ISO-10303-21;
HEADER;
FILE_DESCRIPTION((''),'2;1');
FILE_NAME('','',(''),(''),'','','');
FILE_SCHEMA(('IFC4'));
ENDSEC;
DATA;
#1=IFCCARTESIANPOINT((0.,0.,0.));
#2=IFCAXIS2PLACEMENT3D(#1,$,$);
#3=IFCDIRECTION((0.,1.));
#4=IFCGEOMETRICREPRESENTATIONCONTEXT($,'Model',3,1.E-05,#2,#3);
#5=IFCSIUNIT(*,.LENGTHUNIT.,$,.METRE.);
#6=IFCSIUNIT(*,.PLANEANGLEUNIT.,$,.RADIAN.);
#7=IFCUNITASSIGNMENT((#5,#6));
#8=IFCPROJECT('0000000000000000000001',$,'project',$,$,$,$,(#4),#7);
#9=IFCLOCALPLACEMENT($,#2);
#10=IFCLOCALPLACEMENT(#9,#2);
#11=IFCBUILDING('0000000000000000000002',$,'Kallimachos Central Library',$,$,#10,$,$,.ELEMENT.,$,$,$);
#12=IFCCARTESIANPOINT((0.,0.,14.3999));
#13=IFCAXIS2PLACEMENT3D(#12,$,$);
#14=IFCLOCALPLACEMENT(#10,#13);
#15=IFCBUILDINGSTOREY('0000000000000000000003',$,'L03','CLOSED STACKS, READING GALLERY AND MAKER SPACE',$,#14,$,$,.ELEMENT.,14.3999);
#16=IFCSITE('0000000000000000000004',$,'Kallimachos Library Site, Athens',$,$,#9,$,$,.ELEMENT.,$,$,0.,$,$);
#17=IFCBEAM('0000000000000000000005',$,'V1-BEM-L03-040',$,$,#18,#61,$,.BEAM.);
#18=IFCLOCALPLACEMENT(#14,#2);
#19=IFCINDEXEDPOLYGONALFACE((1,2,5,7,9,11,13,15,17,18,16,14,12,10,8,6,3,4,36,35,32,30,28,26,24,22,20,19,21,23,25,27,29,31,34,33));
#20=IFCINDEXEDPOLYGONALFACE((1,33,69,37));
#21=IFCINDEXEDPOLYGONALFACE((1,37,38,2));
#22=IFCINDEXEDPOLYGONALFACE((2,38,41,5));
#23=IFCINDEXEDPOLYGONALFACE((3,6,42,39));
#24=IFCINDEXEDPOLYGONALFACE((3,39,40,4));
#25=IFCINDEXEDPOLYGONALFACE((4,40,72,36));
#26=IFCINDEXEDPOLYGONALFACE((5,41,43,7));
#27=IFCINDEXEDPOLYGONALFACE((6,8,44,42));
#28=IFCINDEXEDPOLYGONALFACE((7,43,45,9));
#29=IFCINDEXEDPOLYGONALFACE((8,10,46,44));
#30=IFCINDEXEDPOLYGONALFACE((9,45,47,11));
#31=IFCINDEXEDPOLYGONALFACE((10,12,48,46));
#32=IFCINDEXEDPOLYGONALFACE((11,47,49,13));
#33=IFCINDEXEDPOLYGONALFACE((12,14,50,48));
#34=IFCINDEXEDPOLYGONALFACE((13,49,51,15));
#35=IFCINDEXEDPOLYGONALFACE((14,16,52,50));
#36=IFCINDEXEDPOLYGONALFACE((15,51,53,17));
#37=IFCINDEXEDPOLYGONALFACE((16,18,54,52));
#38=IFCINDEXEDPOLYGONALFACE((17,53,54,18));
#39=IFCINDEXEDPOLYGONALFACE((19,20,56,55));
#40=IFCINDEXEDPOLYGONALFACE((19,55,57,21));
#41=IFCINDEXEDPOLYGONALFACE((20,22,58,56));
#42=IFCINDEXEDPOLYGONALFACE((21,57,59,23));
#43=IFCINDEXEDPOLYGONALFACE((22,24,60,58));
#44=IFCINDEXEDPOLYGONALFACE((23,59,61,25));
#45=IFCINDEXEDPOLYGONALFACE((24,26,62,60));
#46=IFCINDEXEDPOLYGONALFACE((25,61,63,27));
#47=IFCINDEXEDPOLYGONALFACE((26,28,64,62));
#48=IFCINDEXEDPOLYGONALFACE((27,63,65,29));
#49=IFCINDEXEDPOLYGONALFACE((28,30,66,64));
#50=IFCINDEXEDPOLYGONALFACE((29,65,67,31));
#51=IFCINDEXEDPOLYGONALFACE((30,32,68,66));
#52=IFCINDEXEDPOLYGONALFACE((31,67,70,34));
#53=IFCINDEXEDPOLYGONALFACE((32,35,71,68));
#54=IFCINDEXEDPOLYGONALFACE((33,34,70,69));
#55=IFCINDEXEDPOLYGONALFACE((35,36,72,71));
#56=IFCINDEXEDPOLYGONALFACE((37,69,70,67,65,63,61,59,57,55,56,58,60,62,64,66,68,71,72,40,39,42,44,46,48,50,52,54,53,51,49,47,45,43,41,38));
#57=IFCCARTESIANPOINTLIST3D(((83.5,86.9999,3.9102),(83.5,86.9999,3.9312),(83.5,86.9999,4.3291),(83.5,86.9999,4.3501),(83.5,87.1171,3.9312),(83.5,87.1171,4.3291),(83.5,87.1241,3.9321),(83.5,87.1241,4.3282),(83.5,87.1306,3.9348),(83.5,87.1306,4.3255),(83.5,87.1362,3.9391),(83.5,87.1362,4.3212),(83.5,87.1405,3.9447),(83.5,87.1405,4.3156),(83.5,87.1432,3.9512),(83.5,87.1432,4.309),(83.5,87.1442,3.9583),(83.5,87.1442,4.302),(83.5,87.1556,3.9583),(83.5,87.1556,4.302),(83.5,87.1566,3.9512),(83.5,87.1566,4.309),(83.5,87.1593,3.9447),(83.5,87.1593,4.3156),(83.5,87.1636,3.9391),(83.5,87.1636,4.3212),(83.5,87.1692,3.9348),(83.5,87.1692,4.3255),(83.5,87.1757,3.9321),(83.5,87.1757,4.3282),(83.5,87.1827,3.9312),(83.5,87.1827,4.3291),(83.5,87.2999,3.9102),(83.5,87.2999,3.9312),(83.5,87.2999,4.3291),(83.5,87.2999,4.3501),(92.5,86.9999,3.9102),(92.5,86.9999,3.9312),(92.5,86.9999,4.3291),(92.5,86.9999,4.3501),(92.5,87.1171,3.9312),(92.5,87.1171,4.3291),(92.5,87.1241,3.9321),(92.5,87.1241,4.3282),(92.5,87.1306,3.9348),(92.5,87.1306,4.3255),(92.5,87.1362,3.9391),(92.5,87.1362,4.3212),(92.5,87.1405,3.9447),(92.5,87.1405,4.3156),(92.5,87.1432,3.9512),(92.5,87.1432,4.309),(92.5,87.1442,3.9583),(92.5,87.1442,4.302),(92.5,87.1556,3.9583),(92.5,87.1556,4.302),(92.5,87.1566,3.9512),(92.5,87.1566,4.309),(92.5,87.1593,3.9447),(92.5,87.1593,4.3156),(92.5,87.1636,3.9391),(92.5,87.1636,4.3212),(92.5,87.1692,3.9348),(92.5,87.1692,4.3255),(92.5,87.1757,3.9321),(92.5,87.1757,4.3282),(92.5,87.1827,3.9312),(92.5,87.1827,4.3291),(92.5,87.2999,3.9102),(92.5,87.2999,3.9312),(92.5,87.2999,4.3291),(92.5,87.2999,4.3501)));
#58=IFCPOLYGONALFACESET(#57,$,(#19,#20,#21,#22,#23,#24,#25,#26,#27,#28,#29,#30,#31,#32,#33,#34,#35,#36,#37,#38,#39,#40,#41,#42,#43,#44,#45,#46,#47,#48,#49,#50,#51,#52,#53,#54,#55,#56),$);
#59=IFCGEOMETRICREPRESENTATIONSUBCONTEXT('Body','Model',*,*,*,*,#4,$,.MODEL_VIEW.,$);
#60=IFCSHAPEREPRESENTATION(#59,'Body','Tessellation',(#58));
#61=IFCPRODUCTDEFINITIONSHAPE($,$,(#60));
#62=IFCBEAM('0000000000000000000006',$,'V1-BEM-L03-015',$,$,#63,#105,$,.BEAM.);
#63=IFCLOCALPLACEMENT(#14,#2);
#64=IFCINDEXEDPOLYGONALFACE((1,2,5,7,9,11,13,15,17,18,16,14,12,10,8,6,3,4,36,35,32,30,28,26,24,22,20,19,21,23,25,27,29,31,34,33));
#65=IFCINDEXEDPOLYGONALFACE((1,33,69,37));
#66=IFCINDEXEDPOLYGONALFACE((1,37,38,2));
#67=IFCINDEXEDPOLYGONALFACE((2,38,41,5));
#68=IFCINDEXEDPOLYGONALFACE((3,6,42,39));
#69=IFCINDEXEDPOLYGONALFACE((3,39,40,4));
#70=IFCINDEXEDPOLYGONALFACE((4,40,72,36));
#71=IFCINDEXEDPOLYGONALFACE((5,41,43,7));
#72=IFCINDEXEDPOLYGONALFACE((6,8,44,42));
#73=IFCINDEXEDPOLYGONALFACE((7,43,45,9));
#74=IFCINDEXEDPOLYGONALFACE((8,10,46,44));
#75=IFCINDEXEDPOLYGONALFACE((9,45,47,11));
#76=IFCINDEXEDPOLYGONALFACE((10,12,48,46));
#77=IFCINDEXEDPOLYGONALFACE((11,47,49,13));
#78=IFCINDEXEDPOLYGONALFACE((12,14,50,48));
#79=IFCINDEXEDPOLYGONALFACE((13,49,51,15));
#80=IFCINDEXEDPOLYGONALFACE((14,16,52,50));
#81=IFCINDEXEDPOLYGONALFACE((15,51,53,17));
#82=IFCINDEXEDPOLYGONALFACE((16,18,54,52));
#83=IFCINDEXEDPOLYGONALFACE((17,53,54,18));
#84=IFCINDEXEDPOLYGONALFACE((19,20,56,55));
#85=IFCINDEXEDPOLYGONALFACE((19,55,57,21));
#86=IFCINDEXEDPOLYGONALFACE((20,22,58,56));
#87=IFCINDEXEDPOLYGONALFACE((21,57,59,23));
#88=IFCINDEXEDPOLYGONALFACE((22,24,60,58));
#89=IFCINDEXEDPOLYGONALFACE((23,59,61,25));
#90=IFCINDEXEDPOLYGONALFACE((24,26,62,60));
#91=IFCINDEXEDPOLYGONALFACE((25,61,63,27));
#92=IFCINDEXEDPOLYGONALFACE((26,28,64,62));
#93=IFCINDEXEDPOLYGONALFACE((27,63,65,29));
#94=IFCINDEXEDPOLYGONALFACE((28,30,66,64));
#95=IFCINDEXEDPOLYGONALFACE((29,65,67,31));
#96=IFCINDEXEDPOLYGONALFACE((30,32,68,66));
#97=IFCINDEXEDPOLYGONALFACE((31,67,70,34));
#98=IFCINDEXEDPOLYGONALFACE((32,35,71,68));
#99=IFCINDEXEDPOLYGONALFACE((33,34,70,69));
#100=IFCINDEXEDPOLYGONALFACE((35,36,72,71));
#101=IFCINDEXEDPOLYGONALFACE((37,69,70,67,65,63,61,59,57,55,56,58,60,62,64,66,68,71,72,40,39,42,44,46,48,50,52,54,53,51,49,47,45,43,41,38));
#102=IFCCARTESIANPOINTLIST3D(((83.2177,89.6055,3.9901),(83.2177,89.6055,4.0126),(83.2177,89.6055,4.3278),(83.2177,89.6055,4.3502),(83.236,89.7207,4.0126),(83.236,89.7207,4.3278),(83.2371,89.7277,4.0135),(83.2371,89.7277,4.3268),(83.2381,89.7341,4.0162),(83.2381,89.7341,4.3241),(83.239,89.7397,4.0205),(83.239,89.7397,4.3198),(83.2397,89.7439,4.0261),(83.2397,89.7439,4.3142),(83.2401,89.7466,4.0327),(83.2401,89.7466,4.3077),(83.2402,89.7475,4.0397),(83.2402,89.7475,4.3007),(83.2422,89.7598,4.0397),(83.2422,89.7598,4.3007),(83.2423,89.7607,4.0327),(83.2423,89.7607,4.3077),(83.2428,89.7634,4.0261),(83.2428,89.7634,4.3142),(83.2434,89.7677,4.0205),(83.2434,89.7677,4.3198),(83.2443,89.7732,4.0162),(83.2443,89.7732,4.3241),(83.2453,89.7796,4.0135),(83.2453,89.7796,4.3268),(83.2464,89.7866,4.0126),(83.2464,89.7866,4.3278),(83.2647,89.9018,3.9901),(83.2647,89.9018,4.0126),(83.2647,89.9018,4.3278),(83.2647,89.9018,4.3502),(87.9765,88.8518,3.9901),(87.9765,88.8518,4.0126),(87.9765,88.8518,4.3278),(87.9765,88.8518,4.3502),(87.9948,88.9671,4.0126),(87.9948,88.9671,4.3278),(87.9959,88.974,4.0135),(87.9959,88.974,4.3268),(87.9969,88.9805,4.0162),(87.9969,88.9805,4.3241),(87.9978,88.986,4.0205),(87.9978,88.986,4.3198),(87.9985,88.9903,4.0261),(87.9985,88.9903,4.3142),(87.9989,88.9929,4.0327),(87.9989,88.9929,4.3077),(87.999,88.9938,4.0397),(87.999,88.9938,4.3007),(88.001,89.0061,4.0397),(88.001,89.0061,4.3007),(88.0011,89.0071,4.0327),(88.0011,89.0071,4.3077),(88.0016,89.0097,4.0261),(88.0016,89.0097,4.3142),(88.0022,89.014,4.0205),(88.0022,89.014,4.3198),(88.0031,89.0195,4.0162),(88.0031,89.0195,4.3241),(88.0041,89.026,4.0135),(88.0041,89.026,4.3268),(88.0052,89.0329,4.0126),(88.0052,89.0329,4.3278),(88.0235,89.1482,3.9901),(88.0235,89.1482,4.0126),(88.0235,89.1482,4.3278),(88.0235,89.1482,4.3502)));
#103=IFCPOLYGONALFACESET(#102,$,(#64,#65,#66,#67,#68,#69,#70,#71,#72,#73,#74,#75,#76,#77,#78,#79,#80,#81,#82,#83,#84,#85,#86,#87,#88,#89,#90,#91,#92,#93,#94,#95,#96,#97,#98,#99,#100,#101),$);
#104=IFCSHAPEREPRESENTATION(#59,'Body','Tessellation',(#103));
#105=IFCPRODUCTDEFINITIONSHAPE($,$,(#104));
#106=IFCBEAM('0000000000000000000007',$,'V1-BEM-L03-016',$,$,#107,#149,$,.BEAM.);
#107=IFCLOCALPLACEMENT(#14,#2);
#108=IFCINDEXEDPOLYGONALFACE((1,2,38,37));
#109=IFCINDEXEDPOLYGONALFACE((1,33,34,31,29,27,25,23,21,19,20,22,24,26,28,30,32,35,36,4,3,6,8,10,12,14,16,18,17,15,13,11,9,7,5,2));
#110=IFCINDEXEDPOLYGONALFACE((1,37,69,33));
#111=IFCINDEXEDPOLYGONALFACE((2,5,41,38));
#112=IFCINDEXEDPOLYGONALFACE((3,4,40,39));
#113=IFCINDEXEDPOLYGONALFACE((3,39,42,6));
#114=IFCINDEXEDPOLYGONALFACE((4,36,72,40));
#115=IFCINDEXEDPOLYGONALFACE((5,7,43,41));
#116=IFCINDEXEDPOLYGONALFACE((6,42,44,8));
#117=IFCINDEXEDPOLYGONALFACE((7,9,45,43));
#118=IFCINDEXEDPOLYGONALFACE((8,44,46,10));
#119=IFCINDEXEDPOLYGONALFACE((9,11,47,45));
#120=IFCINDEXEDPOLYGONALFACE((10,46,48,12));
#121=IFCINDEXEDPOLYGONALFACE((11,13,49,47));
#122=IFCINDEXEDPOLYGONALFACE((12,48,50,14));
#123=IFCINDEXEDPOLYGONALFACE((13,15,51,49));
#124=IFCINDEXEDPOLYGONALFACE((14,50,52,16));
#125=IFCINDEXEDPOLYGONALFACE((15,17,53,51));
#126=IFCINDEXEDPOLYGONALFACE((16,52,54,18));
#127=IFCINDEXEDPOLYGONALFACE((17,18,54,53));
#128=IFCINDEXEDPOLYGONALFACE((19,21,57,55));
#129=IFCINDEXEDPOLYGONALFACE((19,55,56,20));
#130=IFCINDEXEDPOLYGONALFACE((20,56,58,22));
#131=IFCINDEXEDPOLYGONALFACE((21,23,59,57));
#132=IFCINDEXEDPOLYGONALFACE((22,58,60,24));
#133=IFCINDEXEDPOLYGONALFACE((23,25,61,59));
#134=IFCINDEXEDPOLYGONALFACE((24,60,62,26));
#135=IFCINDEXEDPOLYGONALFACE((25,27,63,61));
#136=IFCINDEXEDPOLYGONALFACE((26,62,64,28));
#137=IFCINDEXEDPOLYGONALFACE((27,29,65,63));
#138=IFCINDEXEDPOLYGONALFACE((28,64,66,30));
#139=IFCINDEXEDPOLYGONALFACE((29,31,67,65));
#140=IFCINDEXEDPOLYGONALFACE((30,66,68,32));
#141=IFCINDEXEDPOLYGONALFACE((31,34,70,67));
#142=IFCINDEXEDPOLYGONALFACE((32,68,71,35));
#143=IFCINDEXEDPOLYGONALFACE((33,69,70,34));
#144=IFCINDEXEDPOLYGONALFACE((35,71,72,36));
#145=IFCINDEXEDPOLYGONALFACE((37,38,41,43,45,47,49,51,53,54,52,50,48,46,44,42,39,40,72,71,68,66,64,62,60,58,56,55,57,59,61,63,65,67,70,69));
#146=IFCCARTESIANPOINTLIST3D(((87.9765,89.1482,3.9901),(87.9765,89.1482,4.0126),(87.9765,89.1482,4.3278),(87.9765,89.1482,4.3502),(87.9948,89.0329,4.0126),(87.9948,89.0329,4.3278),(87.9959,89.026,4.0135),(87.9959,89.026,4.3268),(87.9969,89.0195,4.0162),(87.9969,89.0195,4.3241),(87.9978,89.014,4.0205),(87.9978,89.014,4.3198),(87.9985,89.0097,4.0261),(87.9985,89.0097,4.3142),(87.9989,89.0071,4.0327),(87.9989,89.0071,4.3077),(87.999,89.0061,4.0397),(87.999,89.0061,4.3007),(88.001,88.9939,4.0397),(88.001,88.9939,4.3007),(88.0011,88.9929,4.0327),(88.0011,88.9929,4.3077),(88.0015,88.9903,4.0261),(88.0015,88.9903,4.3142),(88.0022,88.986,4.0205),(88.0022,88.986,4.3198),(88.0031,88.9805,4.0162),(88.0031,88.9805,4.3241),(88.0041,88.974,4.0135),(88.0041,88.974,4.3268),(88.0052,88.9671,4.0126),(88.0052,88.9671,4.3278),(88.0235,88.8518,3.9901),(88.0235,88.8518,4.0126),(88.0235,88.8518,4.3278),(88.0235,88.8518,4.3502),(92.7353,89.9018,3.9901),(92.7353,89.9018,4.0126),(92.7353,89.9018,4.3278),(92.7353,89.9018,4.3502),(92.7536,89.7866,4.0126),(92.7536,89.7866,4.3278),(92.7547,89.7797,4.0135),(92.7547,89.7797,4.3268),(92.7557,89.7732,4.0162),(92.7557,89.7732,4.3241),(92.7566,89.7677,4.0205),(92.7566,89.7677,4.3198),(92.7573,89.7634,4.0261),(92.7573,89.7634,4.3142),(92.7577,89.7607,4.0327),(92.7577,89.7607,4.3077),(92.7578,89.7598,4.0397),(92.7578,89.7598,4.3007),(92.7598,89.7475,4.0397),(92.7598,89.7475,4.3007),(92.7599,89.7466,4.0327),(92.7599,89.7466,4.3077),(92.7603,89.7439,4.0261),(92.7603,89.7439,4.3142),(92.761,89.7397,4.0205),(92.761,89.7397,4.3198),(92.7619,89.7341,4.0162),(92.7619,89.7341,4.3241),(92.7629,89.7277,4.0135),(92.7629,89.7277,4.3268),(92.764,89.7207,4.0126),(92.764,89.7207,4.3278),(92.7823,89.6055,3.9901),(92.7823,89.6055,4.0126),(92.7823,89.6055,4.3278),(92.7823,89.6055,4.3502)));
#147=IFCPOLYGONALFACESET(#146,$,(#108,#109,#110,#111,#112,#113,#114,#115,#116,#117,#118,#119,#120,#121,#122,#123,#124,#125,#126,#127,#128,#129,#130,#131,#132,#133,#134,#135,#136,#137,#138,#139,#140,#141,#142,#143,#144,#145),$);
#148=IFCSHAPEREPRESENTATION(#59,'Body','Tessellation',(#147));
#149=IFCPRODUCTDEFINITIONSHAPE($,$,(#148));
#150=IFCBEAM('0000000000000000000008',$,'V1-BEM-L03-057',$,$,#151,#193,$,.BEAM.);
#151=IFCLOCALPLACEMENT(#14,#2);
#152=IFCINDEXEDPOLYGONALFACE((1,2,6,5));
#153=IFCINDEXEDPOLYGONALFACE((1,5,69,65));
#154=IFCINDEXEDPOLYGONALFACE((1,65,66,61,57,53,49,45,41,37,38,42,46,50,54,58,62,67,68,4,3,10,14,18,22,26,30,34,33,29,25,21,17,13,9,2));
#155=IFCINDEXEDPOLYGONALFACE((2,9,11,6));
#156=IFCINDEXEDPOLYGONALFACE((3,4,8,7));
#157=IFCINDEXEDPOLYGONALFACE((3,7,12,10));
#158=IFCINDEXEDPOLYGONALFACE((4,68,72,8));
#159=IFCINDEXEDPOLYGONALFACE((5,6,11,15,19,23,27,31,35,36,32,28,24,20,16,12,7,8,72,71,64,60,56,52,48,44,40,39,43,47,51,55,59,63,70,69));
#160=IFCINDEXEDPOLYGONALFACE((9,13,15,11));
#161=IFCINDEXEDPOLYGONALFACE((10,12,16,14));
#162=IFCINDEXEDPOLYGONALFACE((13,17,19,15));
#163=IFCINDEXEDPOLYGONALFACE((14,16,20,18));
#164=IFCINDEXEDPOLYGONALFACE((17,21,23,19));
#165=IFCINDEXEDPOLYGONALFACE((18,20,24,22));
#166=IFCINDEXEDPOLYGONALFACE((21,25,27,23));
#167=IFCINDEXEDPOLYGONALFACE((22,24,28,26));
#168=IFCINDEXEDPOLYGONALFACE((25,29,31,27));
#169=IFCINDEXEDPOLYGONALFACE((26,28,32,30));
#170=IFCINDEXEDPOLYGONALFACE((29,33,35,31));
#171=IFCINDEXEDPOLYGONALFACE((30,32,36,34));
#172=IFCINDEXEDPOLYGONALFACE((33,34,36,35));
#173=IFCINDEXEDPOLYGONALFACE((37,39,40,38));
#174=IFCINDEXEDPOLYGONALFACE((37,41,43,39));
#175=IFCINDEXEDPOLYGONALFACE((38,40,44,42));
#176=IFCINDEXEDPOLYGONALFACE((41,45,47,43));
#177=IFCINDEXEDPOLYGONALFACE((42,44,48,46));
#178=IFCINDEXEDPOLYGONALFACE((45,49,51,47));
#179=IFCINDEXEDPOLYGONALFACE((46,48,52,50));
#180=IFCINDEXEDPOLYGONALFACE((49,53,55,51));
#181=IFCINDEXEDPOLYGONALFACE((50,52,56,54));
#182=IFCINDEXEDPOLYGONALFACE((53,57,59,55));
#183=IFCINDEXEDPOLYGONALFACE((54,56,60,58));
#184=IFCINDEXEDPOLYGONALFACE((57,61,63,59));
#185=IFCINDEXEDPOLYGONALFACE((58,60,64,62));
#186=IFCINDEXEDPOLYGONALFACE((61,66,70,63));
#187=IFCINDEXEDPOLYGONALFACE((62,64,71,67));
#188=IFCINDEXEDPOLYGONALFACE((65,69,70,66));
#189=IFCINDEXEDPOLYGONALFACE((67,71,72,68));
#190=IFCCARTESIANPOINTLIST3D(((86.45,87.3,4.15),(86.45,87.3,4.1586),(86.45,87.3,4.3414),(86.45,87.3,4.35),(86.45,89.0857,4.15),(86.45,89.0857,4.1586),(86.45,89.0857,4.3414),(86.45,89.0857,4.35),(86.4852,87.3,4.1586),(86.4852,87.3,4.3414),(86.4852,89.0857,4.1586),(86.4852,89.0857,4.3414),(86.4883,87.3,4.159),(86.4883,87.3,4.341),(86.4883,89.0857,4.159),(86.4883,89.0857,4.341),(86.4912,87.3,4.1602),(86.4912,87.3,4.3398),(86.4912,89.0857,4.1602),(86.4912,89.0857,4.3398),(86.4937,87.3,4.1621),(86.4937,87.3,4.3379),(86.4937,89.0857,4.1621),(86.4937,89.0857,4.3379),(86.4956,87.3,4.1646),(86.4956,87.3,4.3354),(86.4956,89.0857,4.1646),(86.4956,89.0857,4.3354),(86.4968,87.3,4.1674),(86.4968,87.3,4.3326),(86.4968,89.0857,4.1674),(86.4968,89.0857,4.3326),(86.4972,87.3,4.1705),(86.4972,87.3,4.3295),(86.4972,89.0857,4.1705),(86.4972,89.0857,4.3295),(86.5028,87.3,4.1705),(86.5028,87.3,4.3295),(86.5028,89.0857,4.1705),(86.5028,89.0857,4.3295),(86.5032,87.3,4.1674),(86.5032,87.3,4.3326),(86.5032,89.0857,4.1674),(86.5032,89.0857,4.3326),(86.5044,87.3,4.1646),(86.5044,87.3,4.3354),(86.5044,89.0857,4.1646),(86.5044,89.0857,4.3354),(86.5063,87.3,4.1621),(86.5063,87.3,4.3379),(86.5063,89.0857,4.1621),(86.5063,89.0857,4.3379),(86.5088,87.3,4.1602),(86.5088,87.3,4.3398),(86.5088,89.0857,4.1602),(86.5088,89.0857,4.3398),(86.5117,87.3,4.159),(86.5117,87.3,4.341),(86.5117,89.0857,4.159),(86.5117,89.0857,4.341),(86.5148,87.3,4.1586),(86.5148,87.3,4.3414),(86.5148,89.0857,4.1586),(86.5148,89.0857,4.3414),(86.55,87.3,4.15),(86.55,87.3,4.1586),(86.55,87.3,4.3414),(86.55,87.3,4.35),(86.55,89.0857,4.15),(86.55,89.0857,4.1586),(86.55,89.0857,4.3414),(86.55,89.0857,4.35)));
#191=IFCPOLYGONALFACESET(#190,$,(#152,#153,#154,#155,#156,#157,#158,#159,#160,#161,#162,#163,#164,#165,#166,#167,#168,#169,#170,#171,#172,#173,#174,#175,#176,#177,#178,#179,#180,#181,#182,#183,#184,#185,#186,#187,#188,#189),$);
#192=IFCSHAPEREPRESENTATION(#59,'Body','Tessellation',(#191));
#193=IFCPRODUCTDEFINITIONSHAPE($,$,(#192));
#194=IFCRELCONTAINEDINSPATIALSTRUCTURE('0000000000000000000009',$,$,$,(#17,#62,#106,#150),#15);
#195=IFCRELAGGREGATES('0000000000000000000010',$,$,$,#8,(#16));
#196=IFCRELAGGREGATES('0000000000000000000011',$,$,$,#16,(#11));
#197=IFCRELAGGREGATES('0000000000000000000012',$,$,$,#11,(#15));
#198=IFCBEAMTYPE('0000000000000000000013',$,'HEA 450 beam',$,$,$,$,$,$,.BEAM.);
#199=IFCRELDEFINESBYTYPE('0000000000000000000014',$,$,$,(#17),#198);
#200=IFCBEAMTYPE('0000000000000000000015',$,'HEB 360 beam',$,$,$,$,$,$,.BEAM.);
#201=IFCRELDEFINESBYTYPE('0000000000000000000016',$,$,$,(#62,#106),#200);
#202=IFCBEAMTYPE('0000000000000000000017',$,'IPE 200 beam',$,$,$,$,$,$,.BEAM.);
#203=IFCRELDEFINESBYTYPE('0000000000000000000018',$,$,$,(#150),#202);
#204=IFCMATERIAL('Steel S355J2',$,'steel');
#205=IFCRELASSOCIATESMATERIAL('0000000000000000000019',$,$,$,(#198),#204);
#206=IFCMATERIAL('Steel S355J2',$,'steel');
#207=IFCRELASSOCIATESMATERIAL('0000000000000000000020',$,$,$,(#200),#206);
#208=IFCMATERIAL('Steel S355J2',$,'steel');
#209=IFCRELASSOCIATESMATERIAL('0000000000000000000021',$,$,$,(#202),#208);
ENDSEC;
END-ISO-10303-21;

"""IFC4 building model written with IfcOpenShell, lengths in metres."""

from ifc_helpers import new_model, si_unit, direction, frame, origin, origin_2d, place, context, subcontext, project, spatial, i_section, extrude, material, material_profile, profile_set, type_object, element, save


model = new_model("IFC4")

# Units and contexts
model_context = context("Model", 3, precision=1e-05, world=origin(), true_north=direction((0.0, 1.0)))
body_context = subcontext(model_context, "Body", "Model", "MODEL_VIEW")
ifc_project = project(units=[si_unit("LENGTHUNIT", "METRE"), si_unit("PLANEANGLEUNIT", "RADIAN")], contexts=[model_context])

# Site, building, storey
site_placement = place(None, origin())
site = spatial("IfcSite", under=ifc_project, at=site_placement, Name="Kallimachos Library Site, Athens", CompositionType="ELEMENT", RefElevation=0.0)
building_placement = place(site_placement, origin())
building = spatial("IfcBuilding", under=site, at=building_placement, Name="Kallimachos Central Library", CompositionType="ELEMENT")
storey_placement = place(building_placement, frame((0.0, 0.0, 14.3999)))
storey = spatial("IfcBuildingStorey", under=building, at=storey_placement, Name="L03", Description="CLOSED STACKS, READING GALLERY AND MAKER SPACE", CompositionType="ELEMENT", Elevation=14.3999)

# Beams
ifc_material_1 = material(Name="Steel S355J2", Category="steel")
ifc_material_profile_1 = material_profile(ifc_material_1, i_section(OverallWidth=0.3, OverallDepth=0.4399, WebThickness=0.0115, FlangeThickness=0.021, FilletRadius=0.0271, at=origin_2d()), Name="HEA 450")
ifc_profile_set_1 = profile_set([ifc_material_profile_1], Name="Steel S355J2")
beam_type_1 = type_object("IfcBeamType", Name="HEA 450 beam", PredefinedType="BEAM", material=ifc_profile_set_1)
beam_1_placement = place(storey_placement, frame((83.5, 87.1499, 4.1301), z_axis=(1.0, 0.0, 0.0), x_axis=(0.0, 1.0, 0.0)))
element("IfcBeam", 1, at=beam_1_placement, inside=storey, type_object=beam_type_1, Name="V1-BEM-L03-040", PredefinedType="BEAM", context=body_context, shape_type="SweptSolid", body=[
    extrude(i_section(OverallWidth=0.3, OverallDepth=0.4399, WebThickness=0.0115, FlangeThickness=0.021, FilletRadius=0.0271, at=origin_2d()), origin(), (0.0, 0.0, 1.0), 9.0),
])
ifc_material_2 = material(Name="Steel S355J2", Category="steel")
ifc_material_profile_2 = material_profile(ifc_material_2, i_section(OverallWidth=0.3, OverallDepth=0.3601, WebThickness=0.0125, FlangeThickness=0.0225, FilletRadius=0.0271, at=origin_2d()), Name="HEB 360")
ifc_profile_set_2 = profile_set([ifc_material_profile_2], Name="Steel S355J2")
beam_type_2 = type_object("IfcBeamType", Name="HEB 360 beam", PredefinedType="BEAM", material=ifc_profile_set_2)
for number, where, z_axis, x_axis, name in (
    (2, (83.2412, 89.7537, 4.1702), (0.98769, -0.156423, 0.0), (0.156423, 0.98769, 0.0), "V1-BEM-L03-015"),
    (3, (88.0, 89.0, 4.1702), (0.98769, 0.156423, 0.0), (-0.156423, 0.98769, 0.0), "V1-BEM-L03-016"),
):
    element("IfcBeam", number, at=place(storey_placement, frame(where, z_axis=z_axis, x_axis=x_axis)), inside=storey, type_object=beam_type_2, Name=name, PredefinedType="BEAM", context=body_context, shape_type="SweptSolid", body=[
        extrude(i_section(OverallWidth=0.3, OverallDepth=0.3601, WebThickness=0.0125, FlangeThickness=0.0225, FilletRadius=0.0271, at=origin_2d()), origin(), (0.0, 0.0, 1.0), 4.8181),
    ])
ifc_material_3 = material(Name="Steel S355J2", Category="steel")
ifc_material_profile_3 = material_profile(ifc_material_3, i_section(OverallWidth=0.1001, OverallDepth=0.2, WebThickness=0.0056, FlangeThickness=0.0085, FilletRadius=0.012, at=origin_2d()), Name="IPE 200")
ifc_profile_set_3 = profile_set([ifc_material_profile_3], Name="Steel S355J2")
beam_type_3 = type_object("IfcBeamType", Name="IPE 200 beam", PredefinedType="BEAM", material=ifc_profile_set_3)
for number, where, z_axis, x_axis, name in (
    (4, (86.5, 87.3, 4.25), (0.0, 1.0, 0.0), (-1.0, 0.0, 0.0), "V1-BEM-L03-057"),
):
    element("IfcBeam", number, at=place(storey_placement, frame(where, z_axis=z_axis, x_axis=x_axis)), inside=storey, type_object=beam_type_3, Name=name, PredefinedType="BEAM", context=body_context, shape_type="SweptSolid", body=[
        extrude(i_section(OverallWidth=0.1001, OverallDepth=0.2, WebThickness=0.0056, FlangeThickness=0.0085, FilletRadius=0.012, at=origin_2d()), origin(), (0.0, 0.0, 1.0), 1.7856),
    ])

save(model, "model.ifc")
